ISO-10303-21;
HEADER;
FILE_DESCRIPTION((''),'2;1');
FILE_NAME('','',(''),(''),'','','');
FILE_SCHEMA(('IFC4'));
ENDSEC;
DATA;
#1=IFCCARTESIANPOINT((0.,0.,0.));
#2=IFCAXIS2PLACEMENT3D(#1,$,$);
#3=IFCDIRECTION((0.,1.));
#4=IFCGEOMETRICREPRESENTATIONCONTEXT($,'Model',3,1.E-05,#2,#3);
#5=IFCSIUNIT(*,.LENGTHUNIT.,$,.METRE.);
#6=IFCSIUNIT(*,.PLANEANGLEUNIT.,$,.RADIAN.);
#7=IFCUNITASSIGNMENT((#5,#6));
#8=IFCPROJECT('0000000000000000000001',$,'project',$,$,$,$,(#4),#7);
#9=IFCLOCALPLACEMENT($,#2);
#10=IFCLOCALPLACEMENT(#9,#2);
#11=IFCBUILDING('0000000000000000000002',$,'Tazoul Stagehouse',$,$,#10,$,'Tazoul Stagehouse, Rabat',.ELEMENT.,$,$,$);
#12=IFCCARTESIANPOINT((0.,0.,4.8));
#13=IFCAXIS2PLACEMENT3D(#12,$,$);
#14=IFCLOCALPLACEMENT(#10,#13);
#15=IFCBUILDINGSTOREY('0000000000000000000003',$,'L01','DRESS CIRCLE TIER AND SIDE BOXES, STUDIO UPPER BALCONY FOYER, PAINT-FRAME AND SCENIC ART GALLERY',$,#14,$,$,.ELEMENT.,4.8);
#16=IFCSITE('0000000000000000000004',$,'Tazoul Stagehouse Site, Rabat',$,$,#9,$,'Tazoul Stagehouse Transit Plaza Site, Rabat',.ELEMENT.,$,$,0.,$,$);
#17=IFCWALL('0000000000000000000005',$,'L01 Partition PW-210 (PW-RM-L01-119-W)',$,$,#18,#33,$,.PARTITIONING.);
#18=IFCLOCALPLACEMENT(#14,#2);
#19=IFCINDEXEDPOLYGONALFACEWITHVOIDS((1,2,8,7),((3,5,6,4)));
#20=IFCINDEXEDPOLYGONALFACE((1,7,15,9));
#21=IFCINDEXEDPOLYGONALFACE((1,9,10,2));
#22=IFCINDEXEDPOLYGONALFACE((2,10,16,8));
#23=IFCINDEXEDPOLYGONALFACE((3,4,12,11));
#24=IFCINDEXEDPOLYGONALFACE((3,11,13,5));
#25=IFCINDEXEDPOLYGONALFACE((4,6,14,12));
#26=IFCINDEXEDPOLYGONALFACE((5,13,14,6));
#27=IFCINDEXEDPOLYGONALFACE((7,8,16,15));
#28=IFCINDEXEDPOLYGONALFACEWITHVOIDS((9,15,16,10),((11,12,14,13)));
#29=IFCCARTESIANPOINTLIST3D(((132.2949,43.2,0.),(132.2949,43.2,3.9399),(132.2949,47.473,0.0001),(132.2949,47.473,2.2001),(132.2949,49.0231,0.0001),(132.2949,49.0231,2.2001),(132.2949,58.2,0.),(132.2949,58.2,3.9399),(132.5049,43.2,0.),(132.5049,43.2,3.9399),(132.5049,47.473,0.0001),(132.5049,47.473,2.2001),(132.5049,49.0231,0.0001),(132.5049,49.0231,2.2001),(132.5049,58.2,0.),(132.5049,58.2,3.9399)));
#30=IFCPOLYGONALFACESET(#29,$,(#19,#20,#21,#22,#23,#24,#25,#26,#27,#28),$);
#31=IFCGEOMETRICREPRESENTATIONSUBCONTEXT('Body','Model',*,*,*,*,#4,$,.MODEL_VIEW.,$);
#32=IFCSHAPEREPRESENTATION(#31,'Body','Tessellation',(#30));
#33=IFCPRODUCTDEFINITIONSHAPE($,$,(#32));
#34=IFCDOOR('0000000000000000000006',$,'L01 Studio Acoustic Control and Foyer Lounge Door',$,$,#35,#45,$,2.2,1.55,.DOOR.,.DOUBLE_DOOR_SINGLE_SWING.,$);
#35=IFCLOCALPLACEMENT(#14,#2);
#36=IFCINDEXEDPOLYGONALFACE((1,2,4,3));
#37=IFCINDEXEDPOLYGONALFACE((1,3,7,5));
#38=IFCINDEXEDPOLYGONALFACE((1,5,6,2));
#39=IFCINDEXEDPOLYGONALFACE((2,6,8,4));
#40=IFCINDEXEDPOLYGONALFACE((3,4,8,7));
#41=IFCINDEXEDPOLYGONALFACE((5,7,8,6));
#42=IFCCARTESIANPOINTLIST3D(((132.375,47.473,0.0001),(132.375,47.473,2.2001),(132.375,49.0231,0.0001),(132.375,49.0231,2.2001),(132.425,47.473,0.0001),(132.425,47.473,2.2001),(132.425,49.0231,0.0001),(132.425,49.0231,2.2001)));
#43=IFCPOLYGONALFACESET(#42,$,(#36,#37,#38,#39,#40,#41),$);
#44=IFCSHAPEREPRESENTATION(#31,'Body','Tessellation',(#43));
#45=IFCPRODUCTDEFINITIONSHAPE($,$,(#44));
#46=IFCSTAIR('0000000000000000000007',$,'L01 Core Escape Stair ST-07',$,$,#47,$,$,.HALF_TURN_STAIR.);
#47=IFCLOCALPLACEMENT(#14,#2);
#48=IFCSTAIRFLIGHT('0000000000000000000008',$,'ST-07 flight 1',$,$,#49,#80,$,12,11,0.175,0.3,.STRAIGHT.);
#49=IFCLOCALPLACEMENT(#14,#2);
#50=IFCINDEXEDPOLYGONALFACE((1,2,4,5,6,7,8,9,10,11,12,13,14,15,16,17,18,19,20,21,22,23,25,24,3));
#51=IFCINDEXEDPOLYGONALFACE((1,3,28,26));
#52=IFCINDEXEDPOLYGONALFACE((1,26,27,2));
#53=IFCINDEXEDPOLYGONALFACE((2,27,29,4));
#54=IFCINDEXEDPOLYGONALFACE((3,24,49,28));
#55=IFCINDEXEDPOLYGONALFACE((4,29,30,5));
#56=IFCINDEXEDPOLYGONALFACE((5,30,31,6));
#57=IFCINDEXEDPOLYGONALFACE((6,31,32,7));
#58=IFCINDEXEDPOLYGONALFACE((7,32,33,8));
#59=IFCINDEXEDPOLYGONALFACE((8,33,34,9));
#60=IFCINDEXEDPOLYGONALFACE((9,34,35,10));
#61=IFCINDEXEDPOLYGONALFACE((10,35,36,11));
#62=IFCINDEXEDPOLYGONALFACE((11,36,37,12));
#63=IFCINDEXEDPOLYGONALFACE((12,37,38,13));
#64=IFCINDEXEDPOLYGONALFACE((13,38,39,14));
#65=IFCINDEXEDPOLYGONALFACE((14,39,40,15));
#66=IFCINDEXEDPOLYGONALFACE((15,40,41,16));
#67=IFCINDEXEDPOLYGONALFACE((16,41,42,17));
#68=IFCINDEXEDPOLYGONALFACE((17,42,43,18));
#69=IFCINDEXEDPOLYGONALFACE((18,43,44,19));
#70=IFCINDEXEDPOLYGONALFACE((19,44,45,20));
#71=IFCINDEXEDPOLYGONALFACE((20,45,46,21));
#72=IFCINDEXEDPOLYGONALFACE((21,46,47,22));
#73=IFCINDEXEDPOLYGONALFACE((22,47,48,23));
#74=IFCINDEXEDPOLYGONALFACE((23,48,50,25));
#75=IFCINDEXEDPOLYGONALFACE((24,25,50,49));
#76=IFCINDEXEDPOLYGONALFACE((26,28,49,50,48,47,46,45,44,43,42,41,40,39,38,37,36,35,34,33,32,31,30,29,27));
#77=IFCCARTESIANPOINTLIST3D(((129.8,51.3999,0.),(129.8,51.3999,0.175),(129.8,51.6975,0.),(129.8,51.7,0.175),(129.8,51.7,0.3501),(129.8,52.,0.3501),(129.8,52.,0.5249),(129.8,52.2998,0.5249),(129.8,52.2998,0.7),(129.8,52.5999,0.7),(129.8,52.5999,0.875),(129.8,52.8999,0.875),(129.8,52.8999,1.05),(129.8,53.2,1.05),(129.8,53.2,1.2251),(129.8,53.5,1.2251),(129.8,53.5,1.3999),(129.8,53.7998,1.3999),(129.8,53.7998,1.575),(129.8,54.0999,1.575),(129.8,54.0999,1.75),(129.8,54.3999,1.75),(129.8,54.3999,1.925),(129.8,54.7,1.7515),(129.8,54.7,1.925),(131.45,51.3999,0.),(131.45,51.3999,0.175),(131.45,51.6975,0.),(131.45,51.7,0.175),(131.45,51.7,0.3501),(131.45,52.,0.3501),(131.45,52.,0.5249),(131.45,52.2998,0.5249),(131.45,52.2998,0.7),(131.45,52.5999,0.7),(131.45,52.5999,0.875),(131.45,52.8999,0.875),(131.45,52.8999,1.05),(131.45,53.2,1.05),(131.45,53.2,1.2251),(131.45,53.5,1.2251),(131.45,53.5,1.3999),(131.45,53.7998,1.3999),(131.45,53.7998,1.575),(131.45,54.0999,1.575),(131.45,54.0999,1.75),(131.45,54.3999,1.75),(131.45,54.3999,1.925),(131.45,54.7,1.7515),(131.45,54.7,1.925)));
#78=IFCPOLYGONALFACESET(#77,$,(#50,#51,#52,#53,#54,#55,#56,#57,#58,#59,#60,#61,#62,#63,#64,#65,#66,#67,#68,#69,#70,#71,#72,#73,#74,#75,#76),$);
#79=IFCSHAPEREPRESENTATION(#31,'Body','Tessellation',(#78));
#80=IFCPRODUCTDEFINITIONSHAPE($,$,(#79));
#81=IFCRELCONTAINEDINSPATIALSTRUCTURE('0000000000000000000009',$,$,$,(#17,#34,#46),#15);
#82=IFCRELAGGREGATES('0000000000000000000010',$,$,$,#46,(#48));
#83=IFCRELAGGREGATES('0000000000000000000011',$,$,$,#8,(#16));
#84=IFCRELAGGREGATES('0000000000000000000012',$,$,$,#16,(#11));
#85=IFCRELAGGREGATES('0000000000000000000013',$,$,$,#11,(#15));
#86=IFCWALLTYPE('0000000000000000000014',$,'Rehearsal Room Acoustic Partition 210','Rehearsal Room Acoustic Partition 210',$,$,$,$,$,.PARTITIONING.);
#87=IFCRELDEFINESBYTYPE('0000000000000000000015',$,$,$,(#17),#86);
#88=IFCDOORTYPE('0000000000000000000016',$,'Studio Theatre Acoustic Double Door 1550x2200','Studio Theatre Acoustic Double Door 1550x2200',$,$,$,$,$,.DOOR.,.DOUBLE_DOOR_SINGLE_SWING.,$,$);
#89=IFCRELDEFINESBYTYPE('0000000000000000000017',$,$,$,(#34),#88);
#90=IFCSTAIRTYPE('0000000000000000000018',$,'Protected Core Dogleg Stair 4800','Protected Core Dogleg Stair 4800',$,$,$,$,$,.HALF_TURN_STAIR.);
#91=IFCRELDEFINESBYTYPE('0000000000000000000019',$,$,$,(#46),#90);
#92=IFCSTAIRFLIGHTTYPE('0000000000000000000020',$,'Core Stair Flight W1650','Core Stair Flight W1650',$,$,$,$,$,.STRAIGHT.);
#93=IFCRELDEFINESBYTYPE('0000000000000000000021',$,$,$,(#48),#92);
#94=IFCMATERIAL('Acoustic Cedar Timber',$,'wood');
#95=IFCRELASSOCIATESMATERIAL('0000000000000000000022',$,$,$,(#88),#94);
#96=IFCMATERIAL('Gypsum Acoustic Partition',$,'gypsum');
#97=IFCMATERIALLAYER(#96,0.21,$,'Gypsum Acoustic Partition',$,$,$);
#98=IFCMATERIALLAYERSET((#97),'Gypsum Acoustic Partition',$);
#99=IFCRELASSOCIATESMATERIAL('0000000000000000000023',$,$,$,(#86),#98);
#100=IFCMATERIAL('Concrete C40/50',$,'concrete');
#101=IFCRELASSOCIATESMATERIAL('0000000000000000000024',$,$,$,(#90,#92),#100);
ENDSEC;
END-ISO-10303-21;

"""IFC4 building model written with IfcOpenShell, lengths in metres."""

from ifc_helpers import new_model, si_unit, direction, frame, frame_2d, origin, place, context, subcontext, project, spatial, polyline, rectangle, outline, extrude, material, layer, layer_set, type_object, element, fill, aggregate, save


model = new_model("IFC4")

# Units and contexts
model_context = context("Model", 3, precision=1e-05, world=origin(), true_north=direction((0.0, 1.0)))
body_context = subcontext(model_context, "Body", "Model", "MODEL_VIEW")
ifc_project = project(units=[si_unit("LENGTHUNIT", "METRE"), si_unit("PLANEANGLEUNIT", "RADIAN")], contexts=[model_context])

# Site, building, storey
site_placement = place(None, origin())
site = spatial("IfcSite", under=ifc_project, at=site_placement, Name="Tazoul Stagehouse Site, Rabat", LongName="Tazoul Stagehouse Transit Plaza Site, Rabat", CompositionType="ELEMENT", RefElevation=0.0)
building_placement = place(site_placement, origin())
building = spatial("IfcBuilding", under=site, at=building_placement, Name="Tazoul Stagehouse", LongName="Tazoul Stagehouse, Rabat", CompositionType="ELEMENT")
storey_placement = place(building_placement, frame((0.0, 0.0, 4.8)))
storey = spatial("IfcBuildingStorey", under=building, at=storey_placement, Name="L01", Description="DRESS CIRCLE TIER AND SIDE BOXES, STUDIO UPPER BALCONY FOYER, PAINT-FRAME AND SCENIC ART GALLERY", CompositionType="ELEMENT", Elevation=4.8)

# Shared definitions
ifc_material_1 = material(Name="Concrete C40/50", Category="concrete")

# Shared definitions
ifc_material_2 = material(Name="Gypsum Acoustic Partition", Category="gypsum")
ifc_material_3 = material(Name="Acoustic Cedar Timber", Category="wood")
door_type_1 = type_object("IfcDoorType", Name="Studio Theatre Acoustic Double Door 1550x2200", Description="Studio Theatre Acoustic Double Door 1550x2200", OperationType="DOUBLE_DOOR_SINGLE_SWING", PredefinedType="DOOR", material=ifc_material_3)

# Wall, opening, door
ifc_layer_1 = layer(ifc_material_2, 0.21, Name="Gypsum Acoustic Partition")
ifc_layer_set_1 = layer_set([ifc_layer_1], Name="Gypsum Acoustic Partition")
wall_type_1 = type_object("IfcWallType", Name="Rehearsal Room Acoustic Partition 210", Description="Rehearsal Room Acoustic Partition 210", PredefinedType="PARTITIONING", material=ifc_layer_set_1)
wall_1_placement = place(storey_placement, frame((132.3999, 43.2, 0.0), z_axis=(0.0, 0.0, 1.0), x_axis=(0.0, 1.0, 0.0)))
wall_1 = element("IfcWall", 1, at=wall_1_placement, inside=storey, type_object=wall_type_1, Name="L01 Partition PW-210 (PW-RM-L01-119-W)", PredefinedType="PARTITIONING", context=body_context, shape_type="SweptSolid", body=[
    extrude(rectangle(XDim=15.0, YDim=0.21, at=frame_2d((7.5, 0.0))), origin(), (0.0, 0.0, 1.0), 3.9399),
])
opening_1_placement = place(wall_1_placement, frame((4.2732, 0.0, 0.0)))
opening_1 = element("IfcOpeningElement", 2, at=opening_1_placement, cuts=wall_1, PredefinedType="OPENING", context=body_context, shape_type="SweptSolid", body=[
    extrude(rectangle(XDim=1.55, YDim=2.2, at=frame_2d((0.7749, 1.1001))), frame((0.0, 0.125, 0.0), z_axis=(0.0, -1.0, 0.0), x_axis=(1.0, 0.0, 0.0)), (0.0, 0.0, 1.0), 0.25),
])
door_1_placement = place(opening_1_placement, origin())
door_1 = element("IfcDoor", 3, at=door_1_placement, inside=storey, type_object=door_type_1, Name="L01 Studio Acoustic Control and Foyer Lounge Door", OperationType="DOUBLE_DOOR_SINGLE_SWING", OverallHeight=2.2, OverallWidth=1.55, PredefinedType="DOOR", context=body_context, shape_type="SweptSolid", body=[
    extrude(rectangle(XDim=1.55, YDim=2.2, at=frame_2d((0.7749, 1.1001))), frame((0.0, 0.0249, 0.0), z_axis=(0.0, -1.0, 0.0), x_axis=(1.0, 0.0, 0.0)), (0.0, 0.0, 1.0), 0.05),
])
fill(opening_1, door_1)

# Stair, stair flight
stair_type = type_object("IfcStairType", Name="Protected Core Dogleg Stair 4800", Description="Protected Core Dogleg Stair 4800", PredefinedType="HALF_TURN_STAIR", material=ifc_material_1)
stair_placement = place(storey_placement, origin())
stair = element("IfcStair", 4, at=stair_placement, inside=storey, type_object=stair_type, Name="L01 Core Escape Stair ST-07", PredefinedType="HALF_TURN_STAIR")
stair_flight_type = type_object("IfcStairFlightType", Name="Core Stair Flight W1650", Description="Core Stair Flight W1650", PredefinedType="STRAIGHT", material=ifc_material_1)
stair_flight_placement = place(storey_placement, frame((130.625, 51.3999, 0.0), z_axis=(0.0, 0.0, 1.0), x_axis=(0.0, 1.0, 0.0)))
stair_flight = element("IfcStairFlight", 5, at=stair_flight_placement, type_object=stair_flight_type, Name="ST-07 flight 1", NumberOfRisers=12, NumberOfTreads=11, PredefinedType="STRAIGHT", RiserHeight=0.175, TreadLength=0.3, context=body_context, shape_type="SweptSolid", body=[
    extrude(outline(polyline([(0.0, 0.0), (0.0, 0.175), (0.3, 0.175), (0.3, 0.3501), (0.6001, 0.3501), (0.6001, 0.5249), (0.8999, 0.5249), (0.8999, 0.7), (1.2, 0.7), (1.2, 0.875), (1.5, 0.875), (1.5, 1.05), (1.8, 1.05), (1.8, 1.2251), (2.1001, 1.2251), (2.1001, 1.3999), (2.3999, 1.3999), (2.3999, 1.575), (2.7, 1.575), (2.7, 1.75), (3.0, 1.75), (3.0, 1.925), (3.3, 1.925), (3.3, 2.1001), (3.3, 1.7515), (0.2976, 0.0), (0.0, 0.0)])), frame((0.0, 0.825, 0.0), z_axis=(0.0, -1.0, 0.0), x_axis=(1.0, 0.0, 0.0)), (0.0, 0.0, 1.0), 1.6499),
])
aggregate(stair, [stair_flight])

save(model, "model.ifc")
